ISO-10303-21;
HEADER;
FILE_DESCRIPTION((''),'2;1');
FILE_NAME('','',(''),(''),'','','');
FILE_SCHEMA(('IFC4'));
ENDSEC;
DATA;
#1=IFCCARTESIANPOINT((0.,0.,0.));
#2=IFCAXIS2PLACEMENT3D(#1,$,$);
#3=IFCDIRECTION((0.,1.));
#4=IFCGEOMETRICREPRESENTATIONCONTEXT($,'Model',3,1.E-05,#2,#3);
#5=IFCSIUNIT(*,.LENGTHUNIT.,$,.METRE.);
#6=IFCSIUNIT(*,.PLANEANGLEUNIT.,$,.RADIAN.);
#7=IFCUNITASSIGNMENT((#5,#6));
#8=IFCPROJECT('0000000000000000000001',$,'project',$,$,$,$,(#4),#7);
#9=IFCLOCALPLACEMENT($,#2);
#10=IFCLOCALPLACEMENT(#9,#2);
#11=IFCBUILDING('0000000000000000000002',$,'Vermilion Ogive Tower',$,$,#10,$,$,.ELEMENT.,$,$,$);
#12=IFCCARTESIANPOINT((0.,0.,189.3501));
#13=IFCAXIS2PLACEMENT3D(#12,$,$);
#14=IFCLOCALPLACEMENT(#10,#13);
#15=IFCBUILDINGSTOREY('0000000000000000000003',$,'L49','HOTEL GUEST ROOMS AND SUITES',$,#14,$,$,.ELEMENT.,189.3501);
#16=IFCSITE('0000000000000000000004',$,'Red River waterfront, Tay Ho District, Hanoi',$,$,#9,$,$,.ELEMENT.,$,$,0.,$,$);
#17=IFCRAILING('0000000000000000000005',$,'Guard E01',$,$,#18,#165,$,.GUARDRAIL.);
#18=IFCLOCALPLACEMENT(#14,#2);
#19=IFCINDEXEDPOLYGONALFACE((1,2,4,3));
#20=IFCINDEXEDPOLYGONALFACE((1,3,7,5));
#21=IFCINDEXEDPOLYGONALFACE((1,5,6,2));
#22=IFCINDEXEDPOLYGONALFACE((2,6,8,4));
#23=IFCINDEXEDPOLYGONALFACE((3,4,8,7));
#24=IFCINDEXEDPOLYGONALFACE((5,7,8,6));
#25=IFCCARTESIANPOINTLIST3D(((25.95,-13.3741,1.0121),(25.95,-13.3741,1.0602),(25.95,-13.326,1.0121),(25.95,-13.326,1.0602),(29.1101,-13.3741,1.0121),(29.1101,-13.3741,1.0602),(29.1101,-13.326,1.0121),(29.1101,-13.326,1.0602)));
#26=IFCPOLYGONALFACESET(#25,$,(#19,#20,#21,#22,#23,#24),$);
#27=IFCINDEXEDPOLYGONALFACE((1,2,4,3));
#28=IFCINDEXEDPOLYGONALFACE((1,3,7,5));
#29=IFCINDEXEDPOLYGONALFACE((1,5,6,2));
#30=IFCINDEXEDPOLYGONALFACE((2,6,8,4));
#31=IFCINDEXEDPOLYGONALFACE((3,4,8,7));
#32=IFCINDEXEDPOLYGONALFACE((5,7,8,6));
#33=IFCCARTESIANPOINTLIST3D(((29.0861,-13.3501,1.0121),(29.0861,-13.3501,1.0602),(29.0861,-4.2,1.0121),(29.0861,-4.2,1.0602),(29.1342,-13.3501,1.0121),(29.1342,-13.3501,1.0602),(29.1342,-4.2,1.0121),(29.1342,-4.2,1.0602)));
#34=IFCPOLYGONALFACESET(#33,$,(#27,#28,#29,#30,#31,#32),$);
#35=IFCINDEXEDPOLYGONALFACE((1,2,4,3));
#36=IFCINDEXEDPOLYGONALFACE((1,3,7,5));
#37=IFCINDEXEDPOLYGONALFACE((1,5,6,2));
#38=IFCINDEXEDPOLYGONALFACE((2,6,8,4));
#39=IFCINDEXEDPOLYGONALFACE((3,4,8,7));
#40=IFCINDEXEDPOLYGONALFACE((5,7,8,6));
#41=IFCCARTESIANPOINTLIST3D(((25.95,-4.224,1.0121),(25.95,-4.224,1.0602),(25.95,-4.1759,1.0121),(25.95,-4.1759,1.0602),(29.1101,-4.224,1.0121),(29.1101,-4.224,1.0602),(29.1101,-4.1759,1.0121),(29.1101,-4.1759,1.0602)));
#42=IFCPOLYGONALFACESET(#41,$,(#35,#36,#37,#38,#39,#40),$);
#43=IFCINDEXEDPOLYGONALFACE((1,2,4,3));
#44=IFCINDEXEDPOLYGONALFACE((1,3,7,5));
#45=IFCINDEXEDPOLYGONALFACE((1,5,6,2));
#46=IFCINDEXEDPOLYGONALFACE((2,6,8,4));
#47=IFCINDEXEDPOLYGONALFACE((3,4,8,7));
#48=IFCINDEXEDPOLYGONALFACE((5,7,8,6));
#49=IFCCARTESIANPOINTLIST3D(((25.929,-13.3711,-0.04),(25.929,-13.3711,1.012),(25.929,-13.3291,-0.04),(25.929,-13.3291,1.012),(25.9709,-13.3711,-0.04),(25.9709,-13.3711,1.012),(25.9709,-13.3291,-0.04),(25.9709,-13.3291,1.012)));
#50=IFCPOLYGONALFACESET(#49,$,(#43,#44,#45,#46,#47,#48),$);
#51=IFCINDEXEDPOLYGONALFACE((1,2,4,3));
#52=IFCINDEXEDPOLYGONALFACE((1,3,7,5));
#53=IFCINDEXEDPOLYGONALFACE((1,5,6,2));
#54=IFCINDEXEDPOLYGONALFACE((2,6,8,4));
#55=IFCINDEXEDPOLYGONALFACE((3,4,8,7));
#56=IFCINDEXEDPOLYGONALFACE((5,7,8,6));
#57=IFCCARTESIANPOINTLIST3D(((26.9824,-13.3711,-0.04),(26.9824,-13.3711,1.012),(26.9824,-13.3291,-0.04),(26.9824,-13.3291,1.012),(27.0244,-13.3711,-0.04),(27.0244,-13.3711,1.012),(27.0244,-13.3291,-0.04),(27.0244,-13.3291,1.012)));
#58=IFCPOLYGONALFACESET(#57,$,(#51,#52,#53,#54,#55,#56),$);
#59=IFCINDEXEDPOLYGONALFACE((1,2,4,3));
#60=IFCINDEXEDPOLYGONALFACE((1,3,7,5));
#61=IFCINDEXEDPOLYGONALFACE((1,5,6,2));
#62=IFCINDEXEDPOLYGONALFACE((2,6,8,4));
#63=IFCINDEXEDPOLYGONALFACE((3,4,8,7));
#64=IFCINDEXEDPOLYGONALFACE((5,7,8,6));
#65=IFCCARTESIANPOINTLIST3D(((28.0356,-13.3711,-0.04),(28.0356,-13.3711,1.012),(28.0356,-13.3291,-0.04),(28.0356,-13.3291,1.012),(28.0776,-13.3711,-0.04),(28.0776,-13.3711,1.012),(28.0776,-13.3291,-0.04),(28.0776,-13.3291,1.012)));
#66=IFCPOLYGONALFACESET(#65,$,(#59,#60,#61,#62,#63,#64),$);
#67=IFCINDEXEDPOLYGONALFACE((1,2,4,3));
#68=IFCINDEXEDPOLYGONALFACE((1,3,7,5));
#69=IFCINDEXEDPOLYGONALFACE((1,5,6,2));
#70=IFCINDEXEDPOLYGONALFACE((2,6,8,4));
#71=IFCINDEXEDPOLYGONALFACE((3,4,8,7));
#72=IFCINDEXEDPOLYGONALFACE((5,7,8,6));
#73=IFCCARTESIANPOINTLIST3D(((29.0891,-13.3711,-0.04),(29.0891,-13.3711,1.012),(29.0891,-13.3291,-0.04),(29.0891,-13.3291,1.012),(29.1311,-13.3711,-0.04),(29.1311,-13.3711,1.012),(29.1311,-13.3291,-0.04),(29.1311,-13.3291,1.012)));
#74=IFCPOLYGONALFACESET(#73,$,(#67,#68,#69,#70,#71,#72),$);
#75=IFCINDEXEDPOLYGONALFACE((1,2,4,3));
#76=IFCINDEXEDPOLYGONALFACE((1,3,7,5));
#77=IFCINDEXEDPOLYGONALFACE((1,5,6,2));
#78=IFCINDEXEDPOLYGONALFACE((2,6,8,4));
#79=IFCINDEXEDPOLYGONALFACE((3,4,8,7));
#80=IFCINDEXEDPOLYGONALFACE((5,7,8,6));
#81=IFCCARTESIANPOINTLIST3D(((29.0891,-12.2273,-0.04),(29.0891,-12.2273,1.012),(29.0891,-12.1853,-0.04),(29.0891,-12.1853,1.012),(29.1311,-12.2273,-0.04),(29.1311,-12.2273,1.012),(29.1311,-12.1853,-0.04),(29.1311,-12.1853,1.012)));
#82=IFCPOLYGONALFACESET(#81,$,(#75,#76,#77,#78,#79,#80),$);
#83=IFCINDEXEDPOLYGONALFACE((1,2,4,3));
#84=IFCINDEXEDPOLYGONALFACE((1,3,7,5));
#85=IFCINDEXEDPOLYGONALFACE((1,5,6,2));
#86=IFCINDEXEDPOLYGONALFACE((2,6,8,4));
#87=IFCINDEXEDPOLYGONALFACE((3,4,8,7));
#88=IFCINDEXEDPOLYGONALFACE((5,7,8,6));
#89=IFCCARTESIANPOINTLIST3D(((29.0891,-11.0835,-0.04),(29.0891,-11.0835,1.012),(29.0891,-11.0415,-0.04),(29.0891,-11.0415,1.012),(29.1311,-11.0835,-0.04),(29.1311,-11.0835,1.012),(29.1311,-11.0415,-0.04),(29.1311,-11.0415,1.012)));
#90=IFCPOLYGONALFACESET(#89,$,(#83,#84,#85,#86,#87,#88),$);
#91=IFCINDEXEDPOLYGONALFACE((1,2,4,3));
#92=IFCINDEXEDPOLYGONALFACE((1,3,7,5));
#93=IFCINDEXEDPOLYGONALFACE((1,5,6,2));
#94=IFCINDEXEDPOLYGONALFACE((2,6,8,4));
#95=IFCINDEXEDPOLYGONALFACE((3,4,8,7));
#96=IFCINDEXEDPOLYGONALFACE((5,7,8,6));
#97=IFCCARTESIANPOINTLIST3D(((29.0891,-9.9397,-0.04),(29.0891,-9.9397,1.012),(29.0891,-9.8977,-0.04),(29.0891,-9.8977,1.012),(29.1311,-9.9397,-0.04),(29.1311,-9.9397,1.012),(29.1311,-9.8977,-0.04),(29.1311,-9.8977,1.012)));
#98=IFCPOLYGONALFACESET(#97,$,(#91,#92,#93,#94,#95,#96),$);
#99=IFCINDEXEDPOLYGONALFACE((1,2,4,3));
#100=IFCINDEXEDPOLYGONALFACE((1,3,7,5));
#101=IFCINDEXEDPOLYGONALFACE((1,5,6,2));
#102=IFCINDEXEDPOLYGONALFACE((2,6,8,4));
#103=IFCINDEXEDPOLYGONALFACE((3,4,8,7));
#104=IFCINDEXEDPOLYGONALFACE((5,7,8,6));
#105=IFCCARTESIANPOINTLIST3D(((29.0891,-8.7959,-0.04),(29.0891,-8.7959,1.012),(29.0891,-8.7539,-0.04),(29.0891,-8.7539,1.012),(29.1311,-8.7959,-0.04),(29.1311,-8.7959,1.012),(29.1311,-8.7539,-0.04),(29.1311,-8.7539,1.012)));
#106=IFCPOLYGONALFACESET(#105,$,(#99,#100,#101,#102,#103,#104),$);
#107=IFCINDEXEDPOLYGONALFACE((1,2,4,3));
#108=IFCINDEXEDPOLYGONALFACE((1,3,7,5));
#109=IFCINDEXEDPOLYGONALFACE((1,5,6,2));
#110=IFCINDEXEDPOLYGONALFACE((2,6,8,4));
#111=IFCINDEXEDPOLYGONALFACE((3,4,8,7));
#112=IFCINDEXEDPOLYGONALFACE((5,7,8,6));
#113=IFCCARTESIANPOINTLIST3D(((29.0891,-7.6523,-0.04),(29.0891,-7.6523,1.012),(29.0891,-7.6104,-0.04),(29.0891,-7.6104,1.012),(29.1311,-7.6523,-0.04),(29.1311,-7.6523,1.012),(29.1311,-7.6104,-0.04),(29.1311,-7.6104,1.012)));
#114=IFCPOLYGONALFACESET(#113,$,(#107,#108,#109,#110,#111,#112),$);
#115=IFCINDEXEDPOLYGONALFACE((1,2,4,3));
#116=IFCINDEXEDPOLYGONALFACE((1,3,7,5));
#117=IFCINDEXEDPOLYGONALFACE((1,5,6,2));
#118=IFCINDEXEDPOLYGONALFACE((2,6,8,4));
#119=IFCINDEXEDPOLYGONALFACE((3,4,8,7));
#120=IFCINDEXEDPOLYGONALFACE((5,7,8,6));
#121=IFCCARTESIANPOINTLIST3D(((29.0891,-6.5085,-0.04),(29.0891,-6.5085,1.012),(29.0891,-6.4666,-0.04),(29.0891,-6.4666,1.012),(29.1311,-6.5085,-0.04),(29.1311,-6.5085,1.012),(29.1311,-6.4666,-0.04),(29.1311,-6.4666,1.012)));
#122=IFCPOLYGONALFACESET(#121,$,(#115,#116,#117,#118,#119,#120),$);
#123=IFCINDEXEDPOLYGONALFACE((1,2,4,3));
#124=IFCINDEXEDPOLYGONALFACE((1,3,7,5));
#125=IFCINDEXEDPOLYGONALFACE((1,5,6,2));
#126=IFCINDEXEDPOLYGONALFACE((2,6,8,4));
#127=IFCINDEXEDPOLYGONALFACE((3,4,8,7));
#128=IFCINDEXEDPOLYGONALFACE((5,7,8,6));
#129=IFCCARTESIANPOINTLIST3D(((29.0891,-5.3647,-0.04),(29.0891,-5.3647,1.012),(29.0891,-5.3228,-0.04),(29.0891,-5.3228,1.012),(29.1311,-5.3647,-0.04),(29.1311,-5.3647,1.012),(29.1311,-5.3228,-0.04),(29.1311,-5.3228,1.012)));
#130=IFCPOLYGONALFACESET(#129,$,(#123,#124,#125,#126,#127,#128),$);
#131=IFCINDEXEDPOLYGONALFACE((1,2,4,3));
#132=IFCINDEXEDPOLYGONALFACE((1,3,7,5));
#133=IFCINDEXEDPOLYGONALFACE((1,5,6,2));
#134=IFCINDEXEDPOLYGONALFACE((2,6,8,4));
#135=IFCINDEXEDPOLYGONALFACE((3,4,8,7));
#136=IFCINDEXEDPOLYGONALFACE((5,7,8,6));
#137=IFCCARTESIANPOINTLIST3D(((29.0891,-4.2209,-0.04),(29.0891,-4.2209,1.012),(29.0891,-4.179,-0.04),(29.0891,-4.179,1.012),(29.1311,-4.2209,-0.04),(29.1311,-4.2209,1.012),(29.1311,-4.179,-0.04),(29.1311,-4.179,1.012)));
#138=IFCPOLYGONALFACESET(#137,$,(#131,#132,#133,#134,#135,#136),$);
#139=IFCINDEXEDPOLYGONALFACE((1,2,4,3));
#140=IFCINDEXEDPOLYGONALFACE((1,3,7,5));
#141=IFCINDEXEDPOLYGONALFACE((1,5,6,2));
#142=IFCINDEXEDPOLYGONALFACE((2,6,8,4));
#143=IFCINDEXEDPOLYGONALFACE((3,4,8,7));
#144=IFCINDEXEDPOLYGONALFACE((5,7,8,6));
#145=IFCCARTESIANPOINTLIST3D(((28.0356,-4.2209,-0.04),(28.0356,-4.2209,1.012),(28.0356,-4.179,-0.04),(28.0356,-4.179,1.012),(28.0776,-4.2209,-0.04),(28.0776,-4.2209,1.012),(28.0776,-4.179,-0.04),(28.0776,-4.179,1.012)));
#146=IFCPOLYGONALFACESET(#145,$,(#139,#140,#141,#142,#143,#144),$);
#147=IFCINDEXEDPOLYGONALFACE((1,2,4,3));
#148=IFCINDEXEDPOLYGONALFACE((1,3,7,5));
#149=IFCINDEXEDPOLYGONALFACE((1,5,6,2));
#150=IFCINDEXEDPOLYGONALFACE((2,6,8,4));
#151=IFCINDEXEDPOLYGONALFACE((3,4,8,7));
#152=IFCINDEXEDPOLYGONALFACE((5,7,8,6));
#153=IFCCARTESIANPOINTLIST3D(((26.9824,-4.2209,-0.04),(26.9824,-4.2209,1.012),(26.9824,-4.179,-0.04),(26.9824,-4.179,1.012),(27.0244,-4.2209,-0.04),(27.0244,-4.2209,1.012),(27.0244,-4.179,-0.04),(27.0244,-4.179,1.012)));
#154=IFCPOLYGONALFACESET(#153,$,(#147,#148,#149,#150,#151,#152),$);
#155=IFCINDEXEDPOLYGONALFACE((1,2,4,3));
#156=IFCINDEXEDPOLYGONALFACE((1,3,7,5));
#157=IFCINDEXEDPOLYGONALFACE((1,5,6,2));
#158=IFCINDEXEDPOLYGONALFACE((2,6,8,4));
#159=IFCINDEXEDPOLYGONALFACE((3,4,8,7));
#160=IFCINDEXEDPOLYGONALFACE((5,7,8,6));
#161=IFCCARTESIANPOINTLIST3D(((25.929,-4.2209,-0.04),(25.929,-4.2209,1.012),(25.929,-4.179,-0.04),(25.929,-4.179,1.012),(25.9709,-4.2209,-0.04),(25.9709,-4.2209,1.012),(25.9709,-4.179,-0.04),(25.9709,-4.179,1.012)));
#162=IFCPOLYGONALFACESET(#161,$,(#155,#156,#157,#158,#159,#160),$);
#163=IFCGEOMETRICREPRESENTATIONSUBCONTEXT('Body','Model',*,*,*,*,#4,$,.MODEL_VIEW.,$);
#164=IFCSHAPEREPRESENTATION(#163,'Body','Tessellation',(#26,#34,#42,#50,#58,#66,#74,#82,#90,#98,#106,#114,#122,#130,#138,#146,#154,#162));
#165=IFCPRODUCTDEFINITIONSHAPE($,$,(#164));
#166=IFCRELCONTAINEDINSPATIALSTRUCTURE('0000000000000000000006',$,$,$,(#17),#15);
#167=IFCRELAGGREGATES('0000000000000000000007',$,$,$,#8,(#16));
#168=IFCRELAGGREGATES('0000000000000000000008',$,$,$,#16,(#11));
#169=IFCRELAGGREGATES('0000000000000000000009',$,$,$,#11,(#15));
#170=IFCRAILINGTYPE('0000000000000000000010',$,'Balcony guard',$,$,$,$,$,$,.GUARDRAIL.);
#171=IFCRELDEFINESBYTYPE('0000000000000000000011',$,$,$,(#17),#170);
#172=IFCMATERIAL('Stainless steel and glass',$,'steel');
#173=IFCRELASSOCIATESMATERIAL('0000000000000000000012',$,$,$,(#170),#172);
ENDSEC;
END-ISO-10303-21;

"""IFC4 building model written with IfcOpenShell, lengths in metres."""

from ifc_helpers import new_model, si_unit, direction, frame, origin, origin_2d, place, context, subcontext, project, spatial, rectangle, extrude, material, type_object, element, save


model = new_model("IFC4")

# Units and contexts
model_context = context("Model", 3, precision=1e-05, world=origin(), true_north=direction((0.0, 1.0)))
body_context = subcontext(model_context, "Body", "Model", "MODEL_VIEW")
ifc_project = project(units=[si_unit("LENGTHUNIT", "METRE"), si_unit("PLANEANGLEUNIT", "RADIAN")], contexts=[model_context])

# Site, building, storey
site_placement = place(None, origin())
site = spatial("IfcSite", under=ifc_project, at=site_placement, Name="Red River waterfront, Tay Ho District, Hanoi", CompositionType="ELEMENT", RefElevation=0.0)
building_placement = place(site_placement, origin())
building = spatial("IfcBuilding", under=site, at=building_placement, Name="Vermilion Ogive Tower", CompositionType="ELEMENT")
storey_placement = place(building_placement, frame((0.0, 0.0, 189.3501)))
storey = spatial("IfcBuildingStorey", under=building, at=storey_placement, Name="L49", Description="HOTEL GUEST ROOMS AND SUITES", CompositionType="ELEMENT", Elevation=189.3501)

# Railing
ifc_material_1 = material(Name="Stainless steel and glass", Category="steel")
railing_type_1 = type_object("IfcRailingType", Name="Balcony guard", PredefinedType="GUARDRAIL", material=ifc_material_1)
railing_1_placement = place(storey_placement, frame((25.95, -13.3501, -0.04)))
element("IfcRailing", 1, at=railing_1_placement, inside=storey, type_object=railing_type_1, Name="Guard E01", PredefinedType="GUARDRAIL", context=body_context, shape_type="SweptSolid", body=[
    extrude(rectangle(XDim=0.0481, YDim=0.0481, at=origin_2d()), frame((0.0, 0.0, 1.0762), z_axis=(1.0, 0.0, 0.0), x_axis=(0.0, 1.0, 0.0)), (0.0, 0.0, 1.0), 3.1602),
    extrude(rectangle(XDim=0.0481, YDim=0.0481, at=origin_2d()), frame((3.1602, 0.0, 1.0762), z_axis=(0.0, 1.0, 0.0), x_axis=(-1.0, 0.0, 0.0)), (0.0, 0.0, 1.0), 9.1501),
    extrude(rectangle(XDim=0.0481, YDim=0.0481, at=origin_2d()), frame((3.1602, 9.1501, 1.0762), z_axis=(-1.0, 0.0, 0.0), x_axis=(0.0, -1.0, 0.0)), (0.0, 0.0, 1.0), 3.1602),
    extrude(rectangle(XDim=0.042, YDim=0.042, at=origin_2d()), origin(), (0.0, 0.0, 1.0), 1.052),
    extrude(rectangle(XDim=0.042, YDim=0.042, at=origin_2d()), frame((1.0535, 0.0, 0.0)), (0.0, 0.0, 1.0), 1.052),
    extrude(rectangle(XDim=0.042, YDim=0.042, at=origin_2d()), frame((2.1067, 0.0, 0.0)), (0.0, 0.0, 1.0), 1.052),
    extrude(rectangle(XDim=0.042, YDim=0.042, at=origin_2d()), frame((3.1602, 0.0, 0.0)), (0.0, 0.0, 1.0), 1.052),
    extrude(rectangle(XDim=0.042, YDim=0.042, at=origin_2d()), frame((3.1602, 1.1438, 0.0)), (0.0, 0.0, 1.0), 1.052),
    extrude(rectangle(XDim=0.042, YDim=0.042, at=origin_2d()), frame((3.1602, 2.2876, 0.0)), (0.0, 0.0, 1.0), 1.052),
    extrude(rectangle(XDim=0.042, YDim=0.042, at=origin_2d()), frame((3.1602, 3.4314, 0.0)), (0.0, 0.0, 1.0), 1.052),
    extrude(rectangle(XDim=0.042, YDim=0.042, at=origin_2d()), frame((3.1602, 4.5752, 0.0)), (0.0, 0.0, 1.0), 1.052),
    extrude(rectangle(XDim=0.042, YDim=0.042, at=origin_2d()), frame((3.1602, 5.7188, 0.0)), (0.0, 0.0, 1.0), 1.052),
    extrude(rectangle(XDim=0.042, YDim=0.042, at=origin_2d()), frame((3.1602, 6.8625, 0.0)), (0.0, 0.0, 1.0), 1.052),
    extrude(rectangle(XDim=0.042, YDim=0.042, at=origin_2d()), frame((3.1602, 8.0063, 0.0)), (0.0, 0.0, 1.0), 1.052),
    extrude(rectangle(XDim=0.042, YDim=0.042, at=origin_2d()), frame((3.1602, 9.1501, 0.0)), (0.0, 0.0, 1.0), 1.052),
    extrude(rectangle(XDim=0.042, YDim=0.042, at=origin_2d()), frame((2.1067, 9.1501, 0.0)), (0.0, 0.0, 1.0), 1.052),
    extrude(rectangle(XDim=0.042, YDim=0.042, at=origin_2d()), frame((1.0535, 9.1501, 0.0)), (0.0, 0.0, 1.0), 1.052),
    extrude(rectangle(XDim=0.042, YDim=0.042, at=origin_2d()), frame((0.0, 9.1501, 0.0)), (0.0, 0.0, 1.0), 1.052),
])

save(model, "model.ifc")
